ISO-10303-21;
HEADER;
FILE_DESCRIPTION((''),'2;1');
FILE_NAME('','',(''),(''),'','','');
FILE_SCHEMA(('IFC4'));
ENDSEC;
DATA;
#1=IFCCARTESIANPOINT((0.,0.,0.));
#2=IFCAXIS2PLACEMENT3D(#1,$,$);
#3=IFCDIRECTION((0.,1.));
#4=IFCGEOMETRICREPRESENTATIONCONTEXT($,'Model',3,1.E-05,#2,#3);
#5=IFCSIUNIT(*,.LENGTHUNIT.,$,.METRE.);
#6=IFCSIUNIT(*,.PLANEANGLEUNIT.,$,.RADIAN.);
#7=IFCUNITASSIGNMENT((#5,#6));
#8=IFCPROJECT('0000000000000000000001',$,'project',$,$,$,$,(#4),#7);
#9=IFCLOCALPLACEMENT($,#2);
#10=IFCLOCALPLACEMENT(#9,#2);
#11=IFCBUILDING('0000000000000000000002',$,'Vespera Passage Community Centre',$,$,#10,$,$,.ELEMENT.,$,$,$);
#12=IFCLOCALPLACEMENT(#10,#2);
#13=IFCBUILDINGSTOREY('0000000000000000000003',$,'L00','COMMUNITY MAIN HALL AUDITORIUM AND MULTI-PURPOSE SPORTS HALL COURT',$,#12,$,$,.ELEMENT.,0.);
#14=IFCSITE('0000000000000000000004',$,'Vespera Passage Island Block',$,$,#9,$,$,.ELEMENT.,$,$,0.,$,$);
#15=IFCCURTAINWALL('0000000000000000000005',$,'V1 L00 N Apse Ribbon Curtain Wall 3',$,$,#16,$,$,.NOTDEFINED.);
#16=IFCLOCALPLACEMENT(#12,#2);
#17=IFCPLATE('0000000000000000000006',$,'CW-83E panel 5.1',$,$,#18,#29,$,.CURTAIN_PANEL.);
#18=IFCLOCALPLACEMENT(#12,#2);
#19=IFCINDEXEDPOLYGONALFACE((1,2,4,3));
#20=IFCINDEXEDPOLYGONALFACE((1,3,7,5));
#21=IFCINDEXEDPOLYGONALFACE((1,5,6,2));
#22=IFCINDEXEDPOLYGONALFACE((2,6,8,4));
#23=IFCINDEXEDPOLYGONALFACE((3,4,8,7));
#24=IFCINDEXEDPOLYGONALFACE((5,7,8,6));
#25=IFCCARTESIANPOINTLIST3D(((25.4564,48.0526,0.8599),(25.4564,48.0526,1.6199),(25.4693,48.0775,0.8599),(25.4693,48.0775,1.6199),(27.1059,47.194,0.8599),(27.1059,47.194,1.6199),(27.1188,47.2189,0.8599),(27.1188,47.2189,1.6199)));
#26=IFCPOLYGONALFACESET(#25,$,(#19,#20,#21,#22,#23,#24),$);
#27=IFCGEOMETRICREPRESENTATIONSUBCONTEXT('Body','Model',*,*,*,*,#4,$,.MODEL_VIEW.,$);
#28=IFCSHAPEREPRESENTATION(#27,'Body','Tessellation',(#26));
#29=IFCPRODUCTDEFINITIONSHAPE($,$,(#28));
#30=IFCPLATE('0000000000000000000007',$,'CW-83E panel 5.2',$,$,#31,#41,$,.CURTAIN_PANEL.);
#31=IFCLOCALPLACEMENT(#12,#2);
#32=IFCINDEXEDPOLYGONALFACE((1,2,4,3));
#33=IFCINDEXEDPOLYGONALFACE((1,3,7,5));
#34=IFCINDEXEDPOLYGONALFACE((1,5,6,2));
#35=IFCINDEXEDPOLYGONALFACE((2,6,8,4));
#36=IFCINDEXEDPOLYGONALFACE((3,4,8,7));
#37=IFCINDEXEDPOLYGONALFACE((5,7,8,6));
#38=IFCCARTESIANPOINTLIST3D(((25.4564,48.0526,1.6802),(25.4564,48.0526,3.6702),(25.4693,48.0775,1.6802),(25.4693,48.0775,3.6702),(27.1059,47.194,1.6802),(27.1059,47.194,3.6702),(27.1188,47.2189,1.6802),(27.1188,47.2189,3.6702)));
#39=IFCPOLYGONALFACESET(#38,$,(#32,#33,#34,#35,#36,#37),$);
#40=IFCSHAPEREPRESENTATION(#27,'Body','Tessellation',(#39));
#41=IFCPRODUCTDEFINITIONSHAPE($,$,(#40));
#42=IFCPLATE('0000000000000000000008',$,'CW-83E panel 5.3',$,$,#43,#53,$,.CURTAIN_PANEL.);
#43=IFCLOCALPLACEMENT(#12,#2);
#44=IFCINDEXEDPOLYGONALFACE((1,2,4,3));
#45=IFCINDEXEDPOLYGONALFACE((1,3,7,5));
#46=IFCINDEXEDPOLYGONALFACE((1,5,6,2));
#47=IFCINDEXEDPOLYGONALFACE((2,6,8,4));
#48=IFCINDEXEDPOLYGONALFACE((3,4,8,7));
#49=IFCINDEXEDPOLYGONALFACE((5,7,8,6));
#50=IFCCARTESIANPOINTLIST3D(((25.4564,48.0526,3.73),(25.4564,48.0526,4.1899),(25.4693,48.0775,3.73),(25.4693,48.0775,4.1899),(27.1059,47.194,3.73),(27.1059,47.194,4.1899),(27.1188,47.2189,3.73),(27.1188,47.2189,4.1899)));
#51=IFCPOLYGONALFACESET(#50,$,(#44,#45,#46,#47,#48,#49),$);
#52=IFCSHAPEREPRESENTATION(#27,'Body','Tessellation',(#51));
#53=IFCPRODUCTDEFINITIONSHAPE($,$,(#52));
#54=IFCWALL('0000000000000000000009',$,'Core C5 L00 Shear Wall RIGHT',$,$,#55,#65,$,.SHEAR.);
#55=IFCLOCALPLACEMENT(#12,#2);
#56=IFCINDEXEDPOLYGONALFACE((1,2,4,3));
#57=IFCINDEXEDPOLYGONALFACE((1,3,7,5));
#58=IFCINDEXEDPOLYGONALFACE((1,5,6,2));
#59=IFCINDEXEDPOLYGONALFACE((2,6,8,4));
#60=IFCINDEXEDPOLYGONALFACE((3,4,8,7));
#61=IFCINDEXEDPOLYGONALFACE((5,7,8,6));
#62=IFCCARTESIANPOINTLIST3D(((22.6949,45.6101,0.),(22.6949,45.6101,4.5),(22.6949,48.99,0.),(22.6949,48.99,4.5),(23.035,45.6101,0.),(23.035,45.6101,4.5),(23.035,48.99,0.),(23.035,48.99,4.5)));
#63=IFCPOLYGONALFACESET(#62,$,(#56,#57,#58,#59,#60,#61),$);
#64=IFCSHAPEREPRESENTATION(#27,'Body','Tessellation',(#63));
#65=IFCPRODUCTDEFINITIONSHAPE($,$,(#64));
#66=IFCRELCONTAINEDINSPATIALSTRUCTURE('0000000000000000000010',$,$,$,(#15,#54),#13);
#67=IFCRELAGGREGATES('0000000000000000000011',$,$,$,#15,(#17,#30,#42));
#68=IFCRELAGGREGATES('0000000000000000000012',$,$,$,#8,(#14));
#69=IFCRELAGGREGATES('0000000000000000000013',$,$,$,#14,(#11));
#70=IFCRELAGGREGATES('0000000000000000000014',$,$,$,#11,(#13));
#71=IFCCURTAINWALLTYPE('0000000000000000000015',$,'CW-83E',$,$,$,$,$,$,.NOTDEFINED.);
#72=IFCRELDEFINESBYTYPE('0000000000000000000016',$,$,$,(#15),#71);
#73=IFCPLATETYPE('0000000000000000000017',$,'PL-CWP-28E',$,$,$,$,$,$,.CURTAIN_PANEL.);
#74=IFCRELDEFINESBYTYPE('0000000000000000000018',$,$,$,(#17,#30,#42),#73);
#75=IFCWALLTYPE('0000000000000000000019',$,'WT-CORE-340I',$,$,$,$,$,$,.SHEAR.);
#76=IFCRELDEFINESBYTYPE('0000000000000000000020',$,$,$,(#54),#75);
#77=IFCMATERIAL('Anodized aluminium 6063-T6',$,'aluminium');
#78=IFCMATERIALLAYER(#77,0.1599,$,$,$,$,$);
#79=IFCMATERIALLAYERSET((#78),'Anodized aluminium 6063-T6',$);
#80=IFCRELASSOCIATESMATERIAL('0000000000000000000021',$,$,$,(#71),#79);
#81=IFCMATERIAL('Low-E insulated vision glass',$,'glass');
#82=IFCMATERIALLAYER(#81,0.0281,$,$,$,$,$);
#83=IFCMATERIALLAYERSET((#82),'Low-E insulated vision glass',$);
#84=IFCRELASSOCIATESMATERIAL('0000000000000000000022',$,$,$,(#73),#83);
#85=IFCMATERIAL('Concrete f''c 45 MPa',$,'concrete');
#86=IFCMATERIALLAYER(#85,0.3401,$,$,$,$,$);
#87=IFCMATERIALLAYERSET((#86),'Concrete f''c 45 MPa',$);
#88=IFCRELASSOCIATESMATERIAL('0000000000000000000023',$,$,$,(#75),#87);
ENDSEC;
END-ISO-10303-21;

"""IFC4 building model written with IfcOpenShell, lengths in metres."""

from ifc_helpers import new_model, si_unit, direction, frame, frame_2d, origin, origin_2d, place, context, subcontext, project, spatial, rectangle, extrude, material, layer, layer_set, type_object, element, aggregate, save


model = new_model("IFC4")

# Units and contexts
model_context = context("Model", 3, precision=1e-05, world=origin(), true_north=direction((0.0, 1.0)))
body_context = subcontext(model_context, "Body", "Model", "MODEL_VIEW")
ifc_project = project(units=[si_unit("LENGTHUNIT", "METRE"), si_unit("PLANEANGLEUNIT", "RADIAN")], contexts=[model_context])

# Site, building, storey
site_placement = place(None, origin())
site = spatial("IfcSite", under=ifc_project, at=site_placement, Name="Vespera Passage Island Block", CompositionType="ELEMENT", RefElevation=0.0)
building_placement = place(site_placement, origin())
building = spatial("IfcBuilding", under=site, at=building_placement, Name="Vespera Passage Community Centre", CompositionType="ELEMENT")
storey_placement = place(building_placement, origin())
storey = spatial("IfcBuildingStorey", under=building, at=storey_placement, Name="L00", Description="COMMUNITY MAIN HALL AUDITORIUM AND MULTI-PURPOSE SPORTS HALL COURT", CompositionType="ELEMENT", Elevation=0.0)

# Curtain wall, plates
ifc_material_1 = material(Name="Anodized aluminium 6063-T6", Category="aluminium")
ifc_layer_1 = layer(ifc_material_1, 0.1599)
ifc_layer_set_1 = layer_set([ifc_layer_1], Name="Anodized aluminium 6063-T6")
curtain_wall_type = type_object("IfcCurtainWallType", Name="CW-83E", PredefinedType="NOTDEFINED", material=ifc_layer_set_1)
curtain_wall_placement = place(storey_placement, origin())
curtain_wall = element("IfcCurtainWall", 1, at=curtain_wall_placement, inside=storey, type_object=curtain_wall_type, Name="V1 L00 N Apse Ribbon Curtain Wall 3", PredefinedType="NOTDEFINED")
ifc_material_2 = material(Name="Low-E insulated vision glass", Category="glass")
ifc_layer_2 = layer(ifc_material_2, 0.0281)
ifc_layer_set_2 = layer_set([ifc_layer_2], Name="Low-E insulated vision glass")
plate_type = type_object("IfcPlateType", Name="PL-CWP-28E", PredefinedType="CURTAIN_PANEL", material=ifc_layer_set_2)
plate_1_placement = place(storey_placement, frame((26.2876, 47.6357, 0.8599), z_axis=(0.0, 0.0, 1.0), x_axis=(0.887013, -0.461745, 0.0)))
plate_1 = element("IfcPlate", 2, at=plate_1_placement, type_object=plate_type, Name="CW-83E panel 5.1", PredefinedType="CURTAIN_PANEL", context=body_context, shape_type="SweptSolid", body=[
    extrude(rectangle(XDim=1.8596, YDim=0.0281, at=origin_2d()), origin(), (0.0, 0.0, 1.0), 0.76),
])
plate_2_placement = place(storey_placement, frame((26.2876, 47.6357, 1.6802), z_axis=(0.0, 0.0, 1.0), x_axis=(0.887013, -0.461745, 0.0)))
plate_2 = element("IfcPlate", 3, at=plate_2_placement, type_object=plate_type, Name="CW-83E panel 5.2", PredefinedType="CURTAIN_PANEL", context=body_context, shape_type="SweptSolid", body=[
    extrude(rectangle(XDim=1.8596, YDim=0.0281, at=origin_2d()), origin(), (0.0, 0.0, 1.0), 1.99),
])
plate_3_placement = place(storey_placement, frame((26.2876, 47.6357, 3.73), z_axis=(0.0, 0.0, 1.0), x_axis=(0.887013, -0.461745, 0.0)))
plate_3 = element("IfcPlate", 4, at=plate_3_placement, type_object=plate_type, Name="CW-83E panel 5.3", PredefinedType="CURTAIN_PANEL", context=body_context, shape_type="SweptSolid", body=[
    extrude(rectangle(XDim=1.8596, YDim=0.0281, at=origin_2d()), origin(), (0.0, 0.0, 1.0), 0.46),
])
aggregate(curtain_wall, [plate_1, plate_2, plate_3])

# Wall
ifc_material_3 = material(Name="Concrete f'c 45 MPa", Category="concrete")
ifc_layer_3 = layer(ifc_material_3, 0.3401)
ifc_layer_set_3 = layer_set([ifc_layer_3], Name="Concrete f'c 45 MPa")
wall_type = type_object("IfcWallType", Name="WT-CORE-340I", PredefinedType="SHEAR", material=ifc_layer_set_3)
wall_placement = place(storey_placement, frame((22.865, 48.99, 0.0), z_axis=(0.0, 0.0, 1.0), x_axis=(0.0, -1.0, 0.0)))
element("IfcWall", 5, at=wall_placement, inside=storey, type_object=wall_type, Name="Core C5 L00 Shear Wall RIGHT", PredefinedType="SHEAR", context=body_context, shape_type="SweptSolid", body=[
    extrude(rectangle(XDim=3.3799, YDim=0.3401, at=frame_2d((1.6899, 0.0))), origin(), (0.0, 0.0, 1.0), 4.5),
])

save(model, "model.ifc")
